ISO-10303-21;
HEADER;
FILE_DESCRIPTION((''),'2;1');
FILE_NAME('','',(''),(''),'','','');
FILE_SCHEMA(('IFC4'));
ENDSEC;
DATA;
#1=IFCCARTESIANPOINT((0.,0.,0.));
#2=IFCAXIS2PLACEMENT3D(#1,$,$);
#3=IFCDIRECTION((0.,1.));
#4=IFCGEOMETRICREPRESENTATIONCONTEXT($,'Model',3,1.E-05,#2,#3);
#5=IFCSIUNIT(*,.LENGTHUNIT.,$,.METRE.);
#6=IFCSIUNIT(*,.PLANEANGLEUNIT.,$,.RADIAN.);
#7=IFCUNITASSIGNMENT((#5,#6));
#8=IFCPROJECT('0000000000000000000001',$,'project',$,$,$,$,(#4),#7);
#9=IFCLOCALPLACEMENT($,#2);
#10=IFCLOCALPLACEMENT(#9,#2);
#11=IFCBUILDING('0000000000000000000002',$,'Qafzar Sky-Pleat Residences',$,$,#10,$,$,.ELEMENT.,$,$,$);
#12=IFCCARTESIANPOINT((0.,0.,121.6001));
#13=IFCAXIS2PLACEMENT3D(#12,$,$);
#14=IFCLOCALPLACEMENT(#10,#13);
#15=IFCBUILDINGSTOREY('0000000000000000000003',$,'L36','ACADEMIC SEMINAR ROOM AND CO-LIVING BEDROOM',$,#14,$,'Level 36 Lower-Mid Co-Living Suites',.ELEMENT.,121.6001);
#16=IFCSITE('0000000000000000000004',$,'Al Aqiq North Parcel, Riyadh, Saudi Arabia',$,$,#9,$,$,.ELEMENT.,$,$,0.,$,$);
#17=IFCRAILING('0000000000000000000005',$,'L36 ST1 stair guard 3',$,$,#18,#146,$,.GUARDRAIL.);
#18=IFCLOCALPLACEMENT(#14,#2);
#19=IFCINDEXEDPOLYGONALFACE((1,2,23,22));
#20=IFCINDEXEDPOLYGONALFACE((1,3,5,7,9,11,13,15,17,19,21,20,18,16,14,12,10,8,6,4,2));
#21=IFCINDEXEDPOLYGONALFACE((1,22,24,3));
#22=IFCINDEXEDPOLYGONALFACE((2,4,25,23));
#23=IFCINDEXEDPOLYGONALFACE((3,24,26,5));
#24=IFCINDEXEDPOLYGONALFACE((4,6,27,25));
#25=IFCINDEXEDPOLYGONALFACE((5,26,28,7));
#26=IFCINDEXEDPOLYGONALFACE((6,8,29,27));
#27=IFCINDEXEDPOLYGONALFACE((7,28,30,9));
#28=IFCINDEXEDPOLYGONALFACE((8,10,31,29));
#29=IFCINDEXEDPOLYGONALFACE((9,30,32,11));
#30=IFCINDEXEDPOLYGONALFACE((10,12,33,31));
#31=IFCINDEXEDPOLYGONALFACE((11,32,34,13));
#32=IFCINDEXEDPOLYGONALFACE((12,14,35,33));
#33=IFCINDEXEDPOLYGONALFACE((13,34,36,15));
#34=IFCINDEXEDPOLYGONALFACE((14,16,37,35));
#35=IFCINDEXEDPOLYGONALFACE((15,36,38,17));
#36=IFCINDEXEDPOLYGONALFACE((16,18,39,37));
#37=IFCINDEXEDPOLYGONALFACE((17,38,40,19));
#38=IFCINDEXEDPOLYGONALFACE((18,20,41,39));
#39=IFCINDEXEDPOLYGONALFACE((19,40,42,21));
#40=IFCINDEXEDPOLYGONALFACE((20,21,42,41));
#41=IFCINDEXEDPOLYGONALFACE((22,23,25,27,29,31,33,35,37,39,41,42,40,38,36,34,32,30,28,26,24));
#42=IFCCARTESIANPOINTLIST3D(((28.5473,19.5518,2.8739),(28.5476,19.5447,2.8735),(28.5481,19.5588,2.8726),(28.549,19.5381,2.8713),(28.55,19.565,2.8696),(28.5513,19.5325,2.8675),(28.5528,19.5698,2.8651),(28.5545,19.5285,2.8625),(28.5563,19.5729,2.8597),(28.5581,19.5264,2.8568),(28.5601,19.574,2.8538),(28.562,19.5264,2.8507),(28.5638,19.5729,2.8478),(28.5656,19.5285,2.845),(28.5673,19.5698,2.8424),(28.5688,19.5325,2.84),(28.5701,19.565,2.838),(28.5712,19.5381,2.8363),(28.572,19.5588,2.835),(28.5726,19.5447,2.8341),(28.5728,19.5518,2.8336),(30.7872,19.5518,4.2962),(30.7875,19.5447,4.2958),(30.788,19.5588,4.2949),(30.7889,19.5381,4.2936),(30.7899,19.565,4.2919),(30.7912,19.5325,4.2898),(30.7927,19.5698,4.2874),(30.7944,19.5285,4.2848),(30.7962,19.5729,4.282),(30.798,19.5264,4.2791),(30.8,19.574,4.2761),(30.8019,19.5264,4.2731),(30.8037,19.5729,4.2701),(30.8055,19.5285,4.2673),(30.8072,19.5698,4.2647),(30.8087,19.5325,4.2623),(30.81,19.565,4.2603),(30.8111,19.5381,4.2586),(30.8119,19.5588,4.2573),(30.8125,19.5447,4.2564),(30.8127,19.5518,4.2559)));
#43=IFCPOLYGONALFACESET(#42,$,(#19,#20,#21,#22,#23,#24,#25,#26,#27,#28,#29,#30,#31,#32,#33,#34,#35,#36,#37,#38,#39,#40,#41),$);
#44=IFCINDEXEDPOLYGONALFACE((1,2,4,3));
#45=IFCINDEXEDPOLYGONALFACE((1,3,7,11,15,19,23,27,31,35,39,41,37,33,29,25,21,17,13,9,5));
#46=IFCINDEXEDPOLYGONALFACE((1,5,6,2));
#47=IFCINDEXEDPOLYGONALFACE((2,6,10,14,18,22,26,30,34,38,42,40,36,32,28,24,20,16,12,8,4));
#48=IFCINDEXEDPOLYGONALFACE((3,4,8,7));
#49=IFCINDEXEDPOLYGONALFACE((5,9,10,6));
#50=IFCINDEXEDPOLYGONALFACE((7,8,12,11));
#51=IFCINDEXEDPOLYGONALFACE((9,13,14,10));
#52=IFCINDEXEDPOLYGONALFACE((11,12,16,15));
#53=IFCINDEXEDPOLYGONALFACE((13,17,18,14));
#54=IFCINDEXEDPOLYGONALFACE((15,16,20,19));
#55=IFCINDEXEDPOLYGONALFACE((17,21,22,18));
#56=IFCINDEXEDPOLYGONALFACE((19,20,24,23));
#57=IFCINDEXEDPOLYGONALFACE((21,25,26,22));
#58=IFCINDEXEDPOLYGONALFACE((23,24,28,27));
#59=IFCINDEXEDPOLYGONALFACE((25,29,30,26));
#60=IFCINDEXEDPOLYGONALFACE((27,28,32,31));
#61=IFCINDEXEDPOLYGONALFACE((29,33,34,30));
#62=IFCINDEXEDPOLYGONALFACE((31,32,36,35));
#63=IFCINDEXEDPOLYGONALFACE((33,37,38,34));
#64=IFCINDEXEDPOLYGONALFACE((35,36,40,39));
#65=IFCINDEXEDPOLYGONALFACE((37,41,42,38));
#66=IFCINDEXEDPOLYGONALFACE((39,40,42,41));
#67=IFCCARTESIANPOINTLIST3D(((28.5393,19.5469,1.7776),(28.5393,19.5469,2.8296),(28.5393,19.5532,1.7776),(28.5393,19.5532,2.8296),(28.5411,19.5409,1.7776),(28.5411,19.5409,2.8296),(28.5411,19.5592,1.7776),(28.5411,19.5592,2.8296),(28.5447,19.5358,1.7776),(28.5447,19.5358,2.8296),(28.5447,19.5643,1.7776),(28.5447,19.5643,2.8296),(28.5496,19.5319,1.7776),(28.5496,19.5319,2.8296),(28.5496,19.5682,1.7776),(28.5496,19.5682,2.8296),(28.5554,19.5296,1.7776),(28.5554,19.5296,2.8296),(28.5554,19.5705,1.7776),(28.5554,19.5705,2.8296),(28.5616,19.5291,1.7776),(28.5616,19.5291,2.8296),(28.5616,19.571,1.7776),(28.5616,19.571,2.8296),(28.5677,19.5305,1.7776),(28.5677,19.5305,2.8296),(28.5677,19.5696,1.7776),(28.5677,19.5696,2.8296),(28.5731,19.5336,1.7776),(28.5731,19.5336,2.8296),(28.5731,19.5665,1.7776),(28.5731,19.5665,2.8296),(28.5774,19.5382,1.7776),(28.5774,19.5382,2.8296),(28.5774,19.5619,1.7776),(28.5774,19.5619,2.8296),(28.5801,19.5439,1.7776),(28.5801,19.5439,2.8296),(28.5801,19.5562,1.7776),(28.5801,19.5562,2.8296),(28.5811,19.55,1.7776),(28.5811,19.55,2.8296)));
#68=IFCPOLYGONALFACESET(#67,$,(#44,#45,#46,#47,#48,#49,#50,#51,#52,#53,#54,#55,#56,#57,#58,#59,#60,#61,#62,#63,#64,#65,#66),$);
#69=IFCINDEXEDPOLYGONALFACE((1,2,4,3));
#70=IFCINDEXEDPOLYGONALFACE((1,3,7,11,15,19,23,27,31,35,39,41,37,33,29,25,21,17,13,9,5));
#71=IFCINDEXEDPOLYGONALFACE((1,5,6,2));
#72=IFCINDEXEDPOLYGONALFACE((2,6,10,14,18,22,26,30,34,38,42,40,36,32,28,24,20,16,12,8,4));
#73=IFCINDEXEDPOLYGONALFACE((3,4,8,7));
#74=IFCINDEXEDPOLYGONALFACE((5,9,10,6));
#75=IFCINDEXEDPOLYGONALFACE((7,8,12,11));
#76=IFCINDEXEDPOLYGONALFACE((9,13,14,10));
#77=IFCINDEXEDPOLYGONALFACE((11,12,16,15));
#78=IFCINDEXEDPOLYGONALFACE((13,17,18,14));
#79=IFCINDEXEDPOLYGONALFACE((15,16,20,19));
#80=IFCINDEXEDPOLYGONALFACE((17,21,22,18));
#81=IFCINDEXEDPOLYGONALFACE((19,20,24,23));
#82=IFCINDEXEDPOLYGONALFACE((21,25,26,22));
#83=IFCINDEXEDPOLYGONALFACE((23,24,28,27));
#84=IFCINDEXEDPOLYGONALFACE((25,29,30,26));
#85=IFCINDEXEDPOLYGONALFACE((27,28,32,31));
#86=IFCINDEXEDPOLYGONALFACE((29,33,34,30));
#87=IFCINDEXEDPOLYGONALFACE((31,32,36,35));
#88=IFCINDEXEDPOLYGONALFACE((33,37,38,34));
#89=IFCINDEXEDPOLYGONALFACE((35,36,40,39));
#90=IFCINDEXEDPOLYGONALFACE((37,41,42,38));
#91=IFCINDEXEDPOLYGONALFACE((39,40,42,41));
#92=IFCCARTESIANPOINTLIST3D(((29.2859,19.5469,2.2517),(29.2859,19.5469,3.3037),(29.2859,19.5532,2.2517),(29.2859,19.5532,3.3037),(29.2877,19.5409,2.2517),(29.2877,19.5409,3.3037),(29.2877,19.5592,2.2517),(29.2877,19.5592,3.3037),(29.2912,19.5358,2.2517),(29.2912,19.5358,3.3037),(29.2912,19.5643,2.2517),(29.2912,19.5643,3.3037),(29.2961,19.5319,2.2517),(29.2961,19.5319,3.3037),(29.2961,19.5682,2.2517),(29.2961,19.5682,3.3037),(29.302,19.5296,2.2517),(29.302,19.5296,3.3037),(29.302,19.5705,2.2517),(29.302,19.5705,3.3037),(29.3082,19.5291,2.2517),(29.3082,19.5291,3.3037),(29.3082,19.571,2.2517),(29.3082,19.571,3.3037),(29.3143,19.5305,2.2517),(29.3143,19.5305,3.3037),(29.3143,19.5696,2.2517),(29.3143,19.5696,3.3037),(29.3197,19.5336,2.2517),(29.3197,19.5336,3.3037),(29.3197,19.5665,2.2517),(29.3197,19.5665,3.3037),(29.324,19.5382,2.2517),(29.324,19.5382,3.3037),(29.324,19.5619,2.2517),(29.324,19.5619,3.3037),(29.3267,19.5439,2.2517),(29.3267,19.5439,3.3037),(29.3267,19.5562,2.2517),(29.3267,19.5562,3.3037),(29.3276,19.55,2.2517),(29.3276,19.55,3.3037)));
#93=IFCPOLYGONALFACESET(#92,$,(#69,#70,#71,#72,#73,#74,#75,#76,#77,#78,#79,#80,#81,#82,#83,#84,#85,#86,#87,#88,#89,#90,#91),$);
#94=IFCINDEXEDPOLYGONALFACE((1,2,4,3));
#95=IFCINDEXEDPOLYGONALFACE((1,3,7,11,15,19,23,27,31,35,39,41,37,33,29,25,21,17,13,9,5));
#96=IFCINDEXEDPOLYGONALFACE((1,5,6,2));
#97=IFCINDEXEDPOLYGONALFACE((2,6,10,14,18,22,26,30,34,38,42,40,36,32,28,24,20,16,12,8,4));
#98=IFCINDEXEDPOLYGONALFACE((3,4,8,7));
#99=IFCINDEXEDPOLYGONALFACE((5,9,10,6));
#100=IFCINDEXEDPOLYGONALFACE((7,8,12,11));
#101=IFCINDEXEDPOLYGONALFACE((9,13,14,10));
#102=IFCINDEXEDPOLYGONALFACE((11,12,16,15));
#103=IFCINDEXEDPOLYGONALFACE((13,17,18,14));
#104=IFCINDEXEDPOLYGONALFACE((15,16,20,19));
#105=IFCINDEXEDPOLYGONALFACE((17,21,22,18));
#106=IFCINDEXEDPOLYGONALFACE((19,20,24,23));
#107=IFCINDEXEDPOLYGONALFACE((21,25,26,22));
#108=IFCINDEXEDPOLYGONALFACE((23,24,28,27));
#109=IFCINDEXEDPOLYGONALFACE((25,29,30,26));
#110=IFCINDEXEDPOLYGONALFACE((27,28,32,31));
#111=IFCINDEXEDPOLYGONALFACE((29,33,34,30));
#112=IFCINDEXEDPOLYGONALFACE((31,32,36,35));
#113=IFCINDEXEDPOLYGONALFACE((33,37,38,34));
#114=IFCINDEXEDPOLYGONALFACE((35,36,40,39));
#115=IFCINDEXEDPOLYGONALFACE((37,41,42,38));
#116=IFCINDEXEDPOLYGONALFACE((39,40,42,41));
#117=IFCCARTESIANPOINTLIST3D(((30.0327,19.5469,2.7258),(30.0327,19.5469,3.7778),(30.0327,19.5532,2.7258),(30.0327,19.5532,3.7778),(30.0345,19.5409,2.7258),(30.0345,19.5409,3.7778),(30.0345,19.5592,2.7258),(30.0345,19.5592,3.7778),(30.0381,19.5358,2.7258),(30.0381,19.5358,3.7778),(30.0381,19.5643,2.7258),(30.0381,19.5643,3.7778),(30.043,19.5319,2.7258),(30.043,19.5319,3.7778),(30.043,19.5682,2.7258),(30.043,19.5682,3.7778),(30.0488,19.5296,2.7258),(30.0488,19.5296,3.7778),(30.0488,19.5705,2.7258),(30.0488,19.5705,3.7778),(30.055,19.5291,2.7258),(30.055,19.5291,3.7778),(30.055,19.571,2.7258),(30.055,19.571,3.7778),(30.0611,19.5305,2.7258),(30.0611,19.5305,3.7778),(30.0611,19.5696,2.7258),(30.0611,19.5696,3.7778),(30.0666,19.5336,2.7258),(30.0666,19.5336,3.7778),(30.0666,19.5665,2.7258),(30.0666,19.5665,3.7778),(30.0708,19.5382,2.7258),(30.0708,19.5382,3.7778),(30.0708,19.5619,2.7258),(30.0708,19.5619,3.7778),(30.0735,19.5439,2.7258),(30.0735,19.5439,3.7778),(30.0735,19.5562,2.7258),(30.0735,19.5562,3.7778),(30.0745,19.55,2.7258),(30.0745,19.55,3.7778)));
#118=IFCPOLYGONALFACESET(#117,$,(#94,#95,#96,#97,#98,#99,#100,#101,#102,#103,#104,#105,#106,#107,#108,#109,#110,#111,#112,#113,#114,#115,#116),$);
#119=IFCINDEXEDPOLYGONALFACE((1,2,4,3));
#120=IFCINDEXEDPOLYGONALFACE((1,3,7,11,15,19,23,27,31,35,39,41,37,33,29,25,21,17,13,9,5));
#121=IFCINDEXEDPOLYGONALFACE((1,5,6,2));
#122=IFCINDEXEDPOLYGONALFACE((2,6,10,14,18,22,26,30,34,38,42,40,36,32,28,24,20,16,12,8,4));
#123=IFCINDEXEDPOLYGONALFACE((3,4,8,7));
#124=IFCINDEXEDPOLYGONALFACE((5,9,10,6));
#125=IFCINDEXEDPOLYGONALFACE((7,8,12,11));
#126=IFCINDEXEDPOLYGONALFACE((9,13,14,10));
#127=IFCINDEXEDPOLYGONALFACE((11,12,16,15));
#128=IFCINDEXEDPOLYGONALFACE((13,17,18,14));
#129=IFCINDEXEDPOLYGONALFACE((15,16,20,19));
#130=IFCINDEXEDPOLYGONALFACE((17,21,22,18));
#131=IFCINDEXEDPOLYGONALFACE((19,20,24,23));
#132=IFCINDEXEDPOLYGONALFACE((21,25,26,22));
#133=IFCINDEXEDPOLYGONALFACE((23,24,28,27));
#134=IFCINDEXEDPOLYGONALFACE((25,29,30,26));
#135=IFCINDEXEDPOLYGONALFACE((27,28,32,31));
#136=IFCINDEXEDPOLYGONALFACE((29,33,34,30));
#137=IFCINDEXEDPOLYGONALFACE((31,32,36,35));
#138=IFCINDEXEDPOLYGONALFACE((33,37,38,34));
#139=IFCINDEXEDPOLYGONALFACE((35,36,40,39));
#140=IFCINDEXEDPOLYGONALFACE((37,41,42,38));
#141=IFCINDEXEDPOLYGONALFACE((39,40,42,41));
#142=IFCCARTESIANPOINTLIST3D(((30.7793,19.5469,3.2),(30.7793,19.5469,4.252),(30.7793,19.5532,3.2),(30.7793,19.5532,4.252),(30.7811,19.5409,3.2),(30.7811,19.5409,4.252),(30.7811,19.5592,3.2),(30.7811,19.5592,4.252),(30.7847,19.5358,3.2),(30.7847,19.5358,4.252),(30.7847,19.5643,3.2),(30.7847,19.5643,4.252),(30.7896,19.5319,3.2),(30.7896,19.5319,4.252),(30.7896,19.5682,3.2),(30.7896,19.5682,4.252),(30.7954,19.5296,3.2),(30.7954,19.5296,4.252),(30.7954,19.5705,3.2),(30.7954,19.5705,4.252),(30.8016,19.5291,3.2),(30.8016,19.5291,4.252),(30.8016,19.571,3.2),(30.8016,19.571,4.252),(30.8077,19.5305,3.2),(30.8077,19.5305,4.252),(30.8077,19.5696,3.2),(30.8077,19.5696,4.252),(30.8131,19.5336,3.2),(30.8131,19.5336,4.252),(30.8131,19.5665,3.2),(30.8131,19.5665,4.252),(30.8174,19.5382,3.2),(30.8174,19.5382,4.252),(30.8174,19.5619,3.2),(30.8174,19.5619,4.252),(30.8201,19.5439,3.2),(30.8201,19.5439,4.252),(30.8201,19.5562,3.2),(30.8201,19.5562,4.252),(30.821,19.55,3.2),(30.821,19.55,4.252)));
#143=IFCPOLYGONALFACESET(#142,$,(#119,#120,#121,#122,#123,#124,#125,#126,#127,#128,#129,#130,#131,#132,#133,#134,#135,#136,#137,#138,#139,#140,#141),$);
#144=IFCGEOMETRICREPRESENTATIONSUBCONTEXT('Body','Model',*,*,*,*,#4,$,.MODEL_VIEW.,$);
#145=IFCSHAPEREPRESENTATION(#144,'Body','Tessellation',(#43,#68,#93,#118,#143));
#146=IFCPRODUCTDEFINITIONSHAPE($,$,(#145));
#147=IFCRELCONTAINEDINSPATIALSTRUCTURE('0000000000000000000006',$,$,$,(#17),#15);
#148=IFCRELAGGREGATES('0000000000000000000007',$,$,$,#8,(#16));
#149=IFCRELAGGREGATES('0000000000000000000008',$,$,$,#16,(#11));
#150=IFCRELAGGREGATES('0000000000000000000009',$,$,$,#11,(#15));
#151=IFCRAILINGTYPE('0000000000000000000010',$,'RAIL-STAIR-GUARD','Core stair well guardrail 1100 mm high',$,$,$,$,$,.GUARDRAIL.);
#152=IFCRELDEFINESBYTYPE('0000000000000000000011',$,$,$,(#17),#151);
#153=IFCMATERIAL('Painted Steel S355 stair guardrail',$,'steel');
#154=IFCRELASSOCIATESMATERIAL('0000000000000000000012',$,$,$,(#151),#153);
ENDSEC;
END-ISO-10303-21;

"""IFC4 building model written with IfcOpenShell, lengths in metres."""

from ifc_helpers import new_model, si_unit, direction, frame, origin, origin_2d, place, context, subcontext, project, spatial, circle, extrude, source, transform, mapped, material, type_object, element, save


model = new_model("IFC4")

# Units and contexts
model_context = context("Model", 3, precision=1e-05, world=origin(), true_north=direction((0.0, 1.0)))
body_context = subcontext(model_context, "Body", "Model", "MODEL_VIEW")
ifc_project = project(units=[si_unit("LENGTHUNIT", "METRE"), si_unit("PLANEANGLEUNIT", "RADIAN")], contexts=[model_context])

# Site, building, storey
site_placement = place(None, origin())
site = spatial("IfcSite", under=ifc_project, at=site_placement, Name="Al Aqiq North Parcel, Riyadh, Saudi Arabia", CompositionType="ELEMENT", RefElevation=0.0)
building_placement = place(site_placement, origin())
building = spatial("IfcBuilding", under=site, at=building_placement, Name="Qafzar Sky-Pleat Residences", CompositionType="ELEMENT")
storey_placement = place(building_placement, frame((0.0, 0.0, 121.6001)))
storey = spatial("IfcBuildingStorey", under=building, at=storey_placement, Name="L36", Description="ACADEMIC SEMINAR ROOM AND CO-LIVING BEDROOM", LongName="Level 36 Lower-Mid Co-Living Suites", CompositionType="ELEMENT", Elevation=121.6001)

# Railing
ifc_material_1 = material(Name="Painted Steel S355 stair guardrail", Category="steel")
railing_type_1 = type_object("IfcRailingType", Name="RAIL-STAIR-GUARD", Description="Core stair well guardrail 1100 mm high", PredefinedType="GUARDRAIL", material=ifc_material_1)
shared_shape_1 = source(origin(), body_context, "Body", "SweptSolid", [
    extrude(circle(Radius=0.0239, at=origin_2d()), frame((0.0, 0.0, 1.0762), z_axis=(0.844188, 0.0, 0.536048), x_axis=(0.0, 1.0, 0.0)), (0.0, 0.0, 1.0), 2.6533),
    extrude(circle(Radius=0.021, at=origin_2d()), origin(), (0.0, 0.0, 1.0), 1.052),
    extrude(circle(Radius=0.021, at=origin_2d()), frame((0.7466, 0.0, 0.4741)), (0.0, 0.0, 1.0), 1.052),
    extrude(circle(Radius=0.021, at=origin_2d()), frame((1.4934, 0.0, 0.9482)), (0.0, 0.0, 1.0), 1.052),
    extrude(circle(Radius=0.021, at=origin_2d()), frame((2.24, 0.0, 1.4224)), (0.0, 0.0, 1.0), 1.052),
])
railing_1_placement = place(storey_placement, frame((28.5601, 19.55, 1.7776)))
element("IfcRailing", 1, at=railing_1_placement, inside=storey, type_object=railing_type_1, Name="L36 ST1 stair guard 3", PredefinedType="GUARDRAIL", context=body_context, shape_type="MappedRepresentation", body=[
    mapped(shared_shape_1, transform((0.0, 0.0, 0.0), x_axis=(1.0, 0.0, 0.0), y_axis=(0.0, 1.0, 0.0), z_axis=(0.0, 0.0, 1.0), scale=1.0)),
])

save(model, "model.ifc")
